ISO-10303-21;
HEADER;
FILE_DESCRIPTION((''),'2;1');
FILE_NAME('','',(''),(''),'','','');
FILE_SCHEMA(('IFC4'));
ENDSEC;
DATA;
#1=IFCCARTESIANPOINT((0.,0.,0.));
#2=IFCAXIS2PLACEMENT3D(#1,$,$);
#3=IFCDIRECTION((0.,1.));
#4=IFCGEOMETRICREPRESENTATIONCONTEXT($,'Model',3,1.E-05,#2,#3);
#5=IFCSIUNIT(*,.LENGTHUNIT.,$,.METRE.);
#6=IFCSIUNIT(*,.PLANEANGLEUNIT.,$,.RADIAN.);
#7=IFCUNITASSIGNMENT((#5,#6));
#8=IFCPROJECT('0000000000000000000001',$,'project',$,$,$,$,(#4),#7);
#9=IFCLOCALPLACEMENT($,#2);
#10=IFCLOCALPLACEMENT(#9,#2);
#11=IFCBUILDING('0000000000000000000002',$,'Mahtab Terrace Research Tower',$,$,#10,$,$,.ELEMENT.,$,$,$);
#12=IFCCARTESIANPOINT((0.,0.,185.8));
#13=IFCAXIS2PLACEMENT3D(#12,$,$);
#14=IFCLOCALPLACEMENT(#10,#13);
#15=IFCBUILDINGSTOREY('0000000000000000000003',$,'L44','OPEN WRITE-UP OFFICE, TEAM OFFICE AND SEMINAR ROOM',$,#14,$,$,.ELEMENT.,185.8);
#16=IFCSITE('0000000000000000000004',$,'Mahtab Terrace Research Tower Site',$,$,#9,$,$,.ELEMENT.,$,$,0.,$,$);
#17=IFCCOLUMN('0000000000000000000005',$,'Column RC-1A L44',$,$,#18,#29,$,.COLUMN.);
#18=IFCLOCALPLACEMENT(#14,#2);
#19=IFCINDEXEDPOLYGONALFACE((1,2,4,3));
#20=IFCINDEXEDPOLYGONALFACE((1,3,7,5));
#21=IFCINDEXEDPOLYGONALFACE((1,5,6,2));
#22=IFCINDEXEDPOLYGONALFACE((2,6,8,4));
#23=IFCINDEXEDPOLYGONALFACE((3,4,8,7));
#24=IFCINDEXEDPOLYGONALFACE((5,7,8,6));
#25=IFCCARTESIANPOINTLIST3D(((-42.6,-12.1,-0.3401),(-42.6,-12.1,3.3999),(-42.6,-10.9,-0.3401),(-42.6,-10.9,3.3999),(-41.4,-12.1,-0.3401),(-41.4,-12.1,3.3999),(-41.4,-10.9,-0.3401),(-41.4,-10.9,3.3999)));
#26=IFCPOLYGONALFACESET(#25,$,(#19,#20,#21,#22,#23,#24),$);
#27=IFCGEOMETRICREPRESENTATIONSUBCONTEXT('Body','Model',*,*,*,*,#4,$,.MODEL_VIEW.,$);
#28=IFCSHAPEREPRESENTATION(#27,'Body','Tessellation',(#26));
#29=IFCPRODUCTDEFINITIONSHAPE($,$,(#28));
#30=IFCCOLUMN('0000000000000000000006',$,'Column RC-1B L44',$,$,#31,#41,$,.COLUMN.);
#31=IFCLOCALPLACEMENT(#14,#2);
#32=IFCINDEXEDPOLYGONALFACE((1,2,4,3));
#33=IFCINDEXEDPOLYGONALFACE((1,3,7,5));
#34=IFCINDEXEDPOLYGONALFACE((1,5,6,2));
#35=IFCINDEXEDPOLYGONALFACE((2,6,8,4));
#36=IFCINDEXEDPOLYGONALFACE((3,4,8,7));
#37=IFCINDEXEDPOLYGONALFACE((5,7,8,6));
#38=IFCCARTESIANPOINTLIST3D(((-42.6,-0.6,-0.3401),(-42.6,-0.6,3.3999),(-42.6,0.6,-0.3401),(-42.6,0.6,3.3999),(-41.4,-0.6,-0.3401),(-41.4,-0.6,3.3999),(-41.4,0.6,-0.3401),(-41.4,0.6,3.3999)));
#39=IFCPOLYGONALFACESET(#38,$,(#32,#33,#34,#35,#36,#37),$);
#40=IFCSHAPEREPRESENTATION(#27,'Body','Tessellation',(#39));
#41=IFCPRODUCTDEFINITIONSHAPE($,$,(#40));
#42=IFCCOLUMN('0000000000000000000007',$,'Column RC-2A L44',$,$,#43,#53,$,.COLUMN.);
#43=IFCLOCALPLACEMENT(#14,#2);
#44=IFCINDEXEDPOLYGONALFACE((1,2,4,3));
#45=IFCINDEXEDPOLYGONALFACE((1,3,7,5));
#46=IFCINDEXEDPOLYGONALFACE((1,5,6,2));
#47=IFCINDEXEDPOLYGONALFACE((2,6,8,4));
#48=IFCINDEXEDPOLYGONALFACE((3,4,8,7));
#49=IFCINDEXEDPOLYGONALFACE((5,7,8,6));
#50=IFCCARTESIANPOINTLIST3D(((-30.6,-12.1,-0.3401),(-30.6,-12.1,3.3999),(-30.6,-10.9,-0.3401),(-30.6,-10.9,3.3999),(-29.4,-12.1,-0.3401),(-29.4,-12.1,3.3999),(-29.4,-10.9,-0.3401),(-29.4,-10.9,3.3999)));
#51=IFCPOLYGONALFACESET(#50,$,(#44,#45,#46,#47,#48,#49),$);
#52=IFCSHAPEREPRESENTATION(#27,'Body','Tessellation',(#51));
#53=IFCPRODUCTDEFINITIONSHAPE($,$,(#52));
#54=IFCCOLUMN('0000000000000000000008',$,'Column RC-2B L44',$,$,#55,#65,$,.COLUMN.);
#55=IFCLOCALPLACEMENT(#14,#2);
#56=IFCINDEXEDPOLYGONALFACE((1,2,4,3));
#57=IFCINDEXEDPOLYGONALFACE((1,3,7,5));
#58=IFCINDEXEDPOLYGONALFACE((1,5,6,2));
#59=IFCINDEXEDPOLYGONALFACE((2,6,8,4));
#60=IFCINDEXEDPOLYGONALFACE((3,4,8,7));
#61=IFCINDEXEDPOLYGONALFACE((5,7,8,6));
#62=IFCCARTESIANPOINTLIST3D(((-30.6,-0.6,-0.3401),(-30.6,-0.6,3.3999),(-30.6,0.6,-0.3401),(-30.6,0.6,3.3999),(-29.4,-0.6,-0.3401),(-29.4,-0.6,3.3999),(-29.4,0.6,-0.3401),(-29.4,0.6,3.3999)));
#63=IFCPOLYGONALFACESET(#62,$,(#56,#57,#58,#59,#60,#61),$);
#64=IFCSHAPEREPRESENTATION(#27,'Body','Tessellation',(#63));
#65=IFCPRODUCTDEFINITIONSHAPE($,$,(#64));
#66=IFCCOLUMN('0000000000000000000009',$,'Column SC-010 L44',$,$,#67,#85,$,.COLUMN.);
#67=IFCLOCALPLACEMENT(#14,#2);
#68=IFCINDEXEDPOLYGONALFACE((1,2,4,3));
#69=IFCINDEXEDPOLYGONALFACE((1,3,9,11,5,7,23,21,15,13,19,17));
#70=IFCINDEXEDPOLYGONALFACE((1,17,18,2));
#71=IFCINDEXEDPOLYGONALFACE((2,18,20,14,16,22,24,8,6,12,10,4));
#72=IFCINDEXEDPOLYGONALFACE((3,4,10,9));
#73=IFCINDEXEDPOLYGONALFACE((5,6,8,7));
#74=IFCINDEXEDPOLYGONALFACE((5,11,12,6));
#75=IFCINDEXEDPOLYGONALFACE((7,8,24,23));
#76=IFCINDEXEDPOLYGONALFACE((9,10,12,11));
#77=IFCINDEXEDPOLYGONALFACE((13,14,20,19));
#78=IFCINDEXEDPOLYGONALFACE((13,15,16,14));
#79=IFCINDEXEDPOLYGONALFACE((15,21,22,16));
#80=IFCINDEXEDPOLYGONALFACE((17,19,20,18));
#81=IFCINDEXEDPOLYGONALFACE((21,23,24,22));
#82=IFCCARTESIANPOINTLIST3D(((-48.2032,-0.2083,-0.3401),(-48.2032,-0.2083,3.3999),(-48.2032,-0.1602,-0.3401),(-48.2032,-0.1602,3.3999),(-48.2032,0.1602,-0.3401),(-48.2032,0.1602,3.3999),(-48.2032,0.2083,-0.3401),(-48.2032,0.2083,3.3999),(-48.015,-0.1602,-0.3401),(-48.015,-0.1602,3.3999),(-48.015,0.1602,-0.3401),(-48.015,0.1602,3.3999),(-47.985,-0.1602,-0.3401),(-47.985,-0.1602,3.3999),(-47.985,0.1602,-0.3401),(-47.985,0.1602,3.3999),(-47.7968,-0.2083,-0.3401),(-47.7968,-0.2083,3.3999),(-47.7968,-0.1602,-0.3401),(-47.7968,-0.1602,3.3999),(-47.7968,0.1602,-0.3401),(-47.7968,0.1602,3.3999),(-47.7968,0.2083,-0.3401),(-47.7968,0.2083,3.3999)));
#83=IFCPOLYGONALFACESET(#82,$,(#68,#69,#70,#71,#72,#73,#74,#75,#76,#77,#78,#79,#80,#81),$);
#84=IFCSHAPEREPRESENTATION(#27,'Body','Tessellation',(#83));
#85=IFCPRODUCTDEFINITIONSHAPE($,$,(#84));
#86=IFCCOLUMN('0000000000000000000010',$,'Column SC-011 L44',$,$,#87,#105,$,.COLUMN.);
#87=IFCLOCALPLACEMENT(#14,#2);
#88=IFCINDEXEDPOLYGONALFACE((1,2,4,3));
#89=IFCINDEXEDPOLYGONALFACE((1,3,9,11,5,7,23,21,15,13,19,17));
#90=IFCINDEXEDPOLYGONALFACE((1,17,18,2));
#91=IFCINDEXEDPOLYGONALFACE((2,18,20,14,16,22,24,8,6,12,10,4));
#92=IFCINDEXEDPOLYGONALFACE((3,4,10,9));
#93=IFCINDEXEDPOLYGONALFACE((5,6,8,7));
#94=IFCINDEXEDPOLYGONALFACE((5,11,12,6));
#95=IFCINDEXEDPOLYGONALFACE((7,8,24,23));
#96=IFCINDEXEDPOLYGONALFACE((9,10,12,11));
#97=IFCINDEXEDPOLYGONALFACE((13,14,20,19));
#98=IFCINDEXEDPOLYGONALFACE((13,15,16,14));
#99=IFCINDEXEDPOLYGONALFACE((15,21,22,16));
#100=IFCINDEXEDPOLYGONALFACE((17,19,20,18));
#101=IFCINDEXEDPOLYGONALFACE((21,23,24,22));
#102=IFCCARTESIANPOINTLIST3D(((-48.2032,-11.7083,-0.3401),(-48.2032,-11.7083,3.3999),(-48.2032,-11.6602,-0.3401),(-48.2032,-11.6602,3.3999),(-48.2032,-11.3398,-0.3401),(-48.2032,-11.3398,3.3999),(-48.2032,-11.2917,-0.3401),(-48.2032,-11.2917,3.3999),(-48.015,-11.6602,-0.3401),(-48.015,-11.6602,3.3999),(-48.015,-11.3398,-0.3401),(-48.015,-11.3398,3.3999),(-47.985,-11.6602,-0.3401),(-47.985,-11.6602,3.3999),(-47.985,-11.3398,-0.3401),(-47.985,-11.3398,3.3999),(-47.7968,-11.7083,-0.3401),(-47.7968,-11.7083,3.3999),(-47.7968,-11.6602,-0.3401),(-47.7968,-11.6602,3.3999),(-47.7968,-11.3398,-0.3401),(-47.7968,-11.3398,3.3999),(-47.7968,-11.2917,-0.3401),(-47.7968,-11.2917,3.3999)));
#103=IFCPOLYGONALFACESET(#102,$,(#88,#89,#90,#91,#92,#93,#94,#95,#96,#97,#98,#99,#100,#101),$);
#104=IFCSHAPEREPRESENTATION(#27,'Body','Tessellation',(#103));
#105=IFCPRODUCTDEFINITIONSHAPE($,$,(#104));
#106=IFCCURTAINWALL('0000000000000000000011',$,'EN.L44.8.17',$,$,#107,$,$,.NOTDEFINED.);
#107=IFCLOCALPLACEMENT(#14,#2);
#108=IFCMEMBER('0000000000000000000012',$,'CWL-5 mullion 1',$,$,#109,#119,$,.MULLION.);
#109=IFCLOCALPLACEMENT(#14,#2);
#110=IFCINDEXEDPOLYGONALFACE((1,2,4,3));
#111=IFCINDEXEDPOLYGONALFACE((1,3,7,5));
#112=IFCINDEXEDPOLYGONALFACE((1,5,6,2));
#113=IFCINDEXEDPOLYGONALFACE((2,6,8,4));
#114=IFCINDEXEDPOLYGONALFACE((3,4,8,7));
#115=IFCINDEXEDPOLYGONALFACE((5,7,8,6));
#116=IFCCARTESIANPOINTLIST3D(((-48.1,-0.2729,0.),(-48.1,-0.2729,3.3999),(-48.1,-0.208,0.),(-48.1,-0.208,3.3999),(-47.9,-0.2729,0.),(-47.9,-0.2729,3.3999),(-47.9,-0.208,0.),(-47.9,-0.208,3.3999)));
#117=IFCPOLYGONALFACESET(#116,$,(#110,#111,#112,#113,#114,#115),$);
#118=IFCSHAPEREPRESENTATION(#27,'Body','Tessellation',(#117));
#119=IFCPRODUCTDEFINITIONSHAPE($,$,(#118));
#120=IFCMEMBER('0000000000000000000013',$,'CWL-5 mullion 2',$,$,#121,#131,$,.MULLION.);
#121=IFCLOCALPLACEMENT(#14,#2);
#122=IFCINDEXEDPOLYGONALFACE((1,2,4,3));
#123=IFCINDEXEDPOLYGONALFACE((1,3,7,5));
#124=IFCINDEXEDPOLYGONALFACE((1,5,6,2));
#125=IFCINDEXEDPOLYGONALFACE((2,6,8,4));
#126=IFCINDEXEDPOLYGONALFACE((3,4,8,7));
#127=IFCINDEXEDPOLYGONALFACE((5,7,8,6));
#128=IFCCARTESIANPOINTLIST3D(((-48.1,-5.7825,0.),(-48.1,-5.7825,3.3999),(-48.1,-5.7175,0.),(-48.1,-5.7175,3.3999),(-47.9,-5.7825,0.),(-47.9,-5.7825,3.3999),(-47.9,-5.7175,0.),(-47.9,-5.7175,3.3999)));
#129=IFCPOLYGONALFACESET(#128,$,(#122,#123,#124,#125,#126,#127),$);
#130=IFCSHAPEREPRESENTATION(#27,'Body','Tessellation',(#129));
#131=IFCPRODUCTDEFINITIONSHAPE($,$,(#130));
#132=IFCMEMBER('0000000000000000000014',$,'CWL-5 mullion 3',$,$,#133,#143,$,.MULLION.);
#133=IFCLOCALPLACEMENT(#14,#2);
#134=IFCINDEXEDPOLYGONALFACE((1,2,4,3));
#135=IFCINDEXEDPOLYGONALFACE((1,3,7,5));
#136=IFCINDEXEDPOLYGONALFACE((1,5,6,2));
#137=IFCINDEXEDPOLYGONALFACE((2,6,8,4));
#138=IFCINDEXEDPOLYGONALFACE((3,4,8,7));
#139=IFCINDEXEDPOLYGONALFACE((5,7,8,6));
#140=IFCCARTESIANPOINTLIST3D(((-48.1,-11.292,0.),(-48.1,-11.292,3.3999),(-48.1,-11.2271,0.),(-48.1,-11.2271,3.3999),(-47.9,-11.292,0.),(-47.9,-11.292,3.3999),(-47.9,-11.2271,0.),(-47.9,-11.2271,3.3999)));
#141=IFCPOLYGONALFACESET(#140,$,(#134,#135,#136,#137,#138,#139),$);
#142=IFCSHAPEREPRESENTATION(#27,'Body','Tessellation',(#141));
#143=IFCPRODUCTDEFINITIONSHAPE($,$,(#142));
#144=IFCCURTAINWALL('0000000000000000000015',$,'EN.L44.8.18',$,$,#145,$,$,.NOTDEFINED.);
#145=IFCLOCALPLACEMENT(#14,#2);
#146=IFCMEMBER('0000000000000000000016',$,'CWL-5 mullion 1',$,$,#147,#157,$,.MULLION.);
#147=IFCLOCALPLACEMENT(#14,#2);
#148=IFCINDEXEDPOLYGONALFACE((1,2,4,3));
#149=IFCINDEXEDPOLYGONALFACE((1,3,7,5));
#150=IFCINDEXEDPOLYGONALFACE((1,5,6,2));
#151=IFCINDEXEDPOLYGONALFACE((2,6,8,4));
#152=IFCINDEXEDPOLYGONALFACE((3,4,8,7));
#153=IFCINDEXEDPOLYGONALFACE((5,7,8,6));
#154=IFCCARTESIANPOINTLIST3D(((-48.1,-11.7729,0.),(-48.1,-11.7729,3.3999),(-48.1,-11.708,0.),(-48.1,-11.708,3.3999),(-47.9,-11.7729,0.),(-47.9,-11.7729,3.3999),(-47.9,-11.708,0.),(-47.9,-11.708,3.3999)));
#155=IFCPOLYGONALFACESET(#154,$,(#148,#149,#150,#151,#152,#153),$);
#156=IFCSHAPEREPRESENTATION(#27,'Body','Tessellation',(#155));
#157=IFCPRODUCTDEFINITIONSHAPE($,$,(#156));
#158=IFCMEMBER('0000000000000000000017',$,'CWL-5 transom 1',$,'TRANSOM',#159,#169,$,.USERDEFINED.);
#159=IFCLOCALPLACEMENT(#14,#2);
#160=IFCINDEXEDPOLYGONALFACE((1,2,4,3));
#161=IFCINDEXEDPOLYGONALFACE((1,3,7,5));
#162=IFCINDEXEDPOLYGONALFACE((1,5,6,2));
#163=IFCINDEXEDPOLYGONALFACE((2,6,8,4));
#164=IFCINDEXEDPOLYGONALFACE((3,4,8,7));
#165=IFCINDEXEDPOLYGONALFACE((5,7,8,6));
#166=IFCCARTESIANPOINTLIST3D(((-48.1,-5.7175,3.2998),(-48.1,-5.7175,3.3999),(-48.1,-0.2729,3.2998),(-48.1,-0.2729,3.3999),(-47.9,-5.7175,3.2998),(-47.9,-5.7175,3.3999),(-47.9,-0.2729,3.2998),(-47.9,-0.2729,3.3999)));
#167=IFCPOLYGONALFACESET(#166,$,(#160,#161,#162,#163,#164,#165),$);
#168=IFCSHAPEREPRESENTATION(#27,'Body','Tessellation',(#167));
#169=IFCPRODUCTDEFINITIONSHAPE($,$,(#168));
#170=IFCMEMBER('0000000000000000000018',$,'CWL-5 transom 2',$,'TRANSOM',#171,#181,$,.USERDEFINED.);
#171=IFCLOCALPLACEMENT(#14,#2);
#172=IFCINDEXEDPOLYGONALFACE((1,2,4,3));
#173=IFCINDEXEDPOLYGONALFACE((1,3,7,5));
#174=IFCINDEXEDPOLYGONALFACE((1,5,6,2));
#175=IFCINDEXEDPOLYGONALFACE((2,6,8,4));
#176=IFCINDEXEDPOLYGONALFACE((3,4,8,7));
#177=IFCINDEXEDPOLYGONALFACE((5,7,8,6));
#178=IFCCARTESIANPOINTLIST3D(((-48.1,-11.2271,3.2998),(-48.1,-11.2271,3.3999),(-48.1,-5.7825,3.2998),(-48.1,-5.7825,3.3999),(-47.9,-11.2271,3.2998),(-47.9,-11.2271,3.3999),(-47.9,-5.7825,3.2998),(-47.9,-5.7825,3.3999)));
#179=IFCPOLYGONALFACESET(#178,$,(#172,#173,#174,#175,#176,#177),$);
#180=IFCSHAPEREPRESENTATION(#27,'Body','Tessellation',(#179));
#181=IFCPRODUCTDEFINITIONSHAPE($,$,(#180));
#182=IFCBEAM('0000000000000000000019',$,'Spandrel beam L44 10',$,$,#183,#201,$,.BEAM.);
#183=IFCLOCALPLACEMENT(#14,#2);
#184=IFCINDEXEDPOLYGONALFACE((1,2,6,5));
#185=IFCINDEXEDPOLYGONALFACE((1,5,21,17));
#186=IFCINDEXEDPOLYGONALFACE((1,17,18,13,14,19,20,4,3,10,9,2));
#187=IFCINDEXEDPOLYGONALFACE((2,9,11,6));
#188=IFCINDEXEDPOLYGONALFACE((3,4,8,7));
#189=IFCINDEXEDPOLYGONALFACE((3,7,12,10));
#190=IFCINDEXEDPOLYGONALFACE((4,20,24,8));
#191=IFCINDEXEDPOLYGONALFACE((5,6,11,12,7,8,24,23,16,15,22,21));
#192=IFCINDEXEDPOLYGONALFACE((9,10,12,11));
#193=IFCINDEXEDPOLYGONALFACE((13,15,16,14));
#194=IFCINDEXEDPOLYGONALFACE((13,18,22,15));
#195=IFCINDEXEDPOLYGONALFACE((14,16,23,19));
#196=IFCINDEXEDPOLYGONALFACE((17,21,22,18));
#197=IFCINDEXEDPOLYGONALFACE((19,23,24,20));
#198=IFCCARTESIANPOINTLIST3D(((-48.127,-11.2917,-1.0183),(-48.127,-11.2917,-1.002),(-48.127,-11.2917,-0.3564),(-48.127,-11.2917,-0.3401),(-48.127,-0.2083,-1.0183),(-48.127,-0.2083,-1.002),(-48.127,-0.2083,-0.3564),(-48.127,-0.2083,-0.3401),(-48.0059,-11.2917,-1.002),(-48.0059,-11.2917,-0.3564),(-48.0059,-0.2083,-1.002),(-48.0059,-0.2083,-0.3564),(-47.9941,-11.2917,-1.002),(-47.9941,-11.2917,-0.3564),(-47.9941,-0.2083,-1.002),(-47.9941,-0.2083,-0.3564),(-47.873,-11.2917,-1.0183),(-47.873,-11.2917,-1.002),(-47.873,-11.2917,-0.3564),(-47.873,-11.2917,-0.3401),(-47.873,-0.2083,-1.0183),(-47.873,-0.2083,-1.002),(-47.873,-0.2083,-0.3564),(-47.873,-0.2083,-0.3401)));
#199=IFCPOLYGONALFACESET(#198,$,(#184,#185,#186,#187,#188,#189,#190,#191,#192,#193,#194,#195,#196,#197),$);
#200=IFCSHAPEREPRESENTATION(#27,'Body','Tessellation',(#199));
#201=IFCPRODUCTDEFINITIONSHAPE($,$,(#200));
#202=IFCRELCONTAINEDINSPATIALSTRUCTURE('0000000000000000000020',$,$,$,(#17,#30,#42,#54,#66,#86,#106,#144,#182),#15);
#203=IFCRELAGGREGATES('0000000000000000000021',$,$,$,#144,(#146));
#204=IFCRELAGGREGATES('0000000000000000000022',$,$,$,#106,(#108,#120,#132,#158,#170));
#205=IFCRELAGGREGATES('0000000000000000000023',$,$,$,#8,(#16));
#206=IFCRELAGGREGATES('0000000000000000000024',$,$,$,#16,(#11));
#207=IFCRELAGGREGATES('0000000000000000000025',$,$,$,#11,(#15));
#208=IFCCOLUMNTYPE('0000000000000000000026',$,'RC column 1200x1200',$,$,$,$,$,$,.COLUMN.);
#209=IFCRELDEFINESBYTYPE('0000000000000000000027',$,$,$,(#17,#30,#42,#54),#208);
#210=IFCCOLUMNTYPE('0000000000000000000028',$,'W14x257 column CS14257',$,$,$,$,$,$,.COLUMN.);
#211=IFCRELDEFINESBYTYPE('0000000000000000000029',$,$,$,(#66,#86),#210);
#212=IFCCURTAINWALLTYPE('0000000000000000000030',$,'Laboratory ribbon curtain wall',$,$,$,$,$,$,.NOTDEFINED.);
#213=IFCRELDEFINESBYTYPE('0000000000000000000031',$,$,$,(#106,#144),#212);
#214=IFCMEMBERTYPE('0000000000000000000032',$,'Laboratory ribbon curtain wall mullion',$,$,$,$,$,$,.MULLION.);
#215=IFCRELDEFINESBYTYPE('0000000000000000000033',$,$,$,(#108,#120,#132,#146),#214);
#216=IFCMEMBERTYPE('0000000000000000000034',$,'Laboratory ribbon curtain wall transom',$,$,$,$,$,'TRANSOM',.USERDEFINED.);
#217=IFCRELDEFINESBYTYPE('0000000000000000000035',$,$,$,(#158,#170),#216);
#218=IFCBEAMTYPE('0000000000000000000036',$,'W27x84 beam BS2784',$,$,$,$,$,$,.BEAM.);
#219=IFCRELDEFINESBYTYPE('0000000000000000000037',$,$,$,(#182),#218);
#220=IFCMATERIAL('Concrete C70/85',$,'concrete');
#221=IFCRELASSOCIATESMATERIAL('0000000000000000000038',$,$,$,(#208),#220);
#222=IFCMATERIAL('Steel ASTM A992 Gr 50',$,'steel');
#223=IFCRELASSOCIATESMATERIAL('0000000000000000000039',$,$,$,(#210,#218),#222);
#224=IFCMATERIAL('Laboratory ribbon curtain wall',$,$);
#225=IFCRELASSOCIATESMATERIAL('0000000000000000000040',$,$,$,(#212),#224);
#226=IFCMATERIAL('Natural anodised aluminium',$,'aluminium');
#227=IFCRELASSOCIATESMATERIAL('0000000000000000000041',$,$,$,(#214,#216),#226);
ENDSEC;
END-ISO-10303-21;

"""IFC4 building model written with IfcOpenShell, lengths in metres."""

from ifc_helpers import new_model, si_unit, direction, frame, origin, origin_2d, place, context, subcontext, project, spatial, rectangle, i_section, extrude, material, material_profile, profile_set, type_object, element, aggregate, save


model = new_model("IFC4")

# Units and contexts
model_context = context("Model", 3, precision=1e-05, world=origin(), true_north=direction((0.0, 1.0)))
body_context = subcontext(model_context, "Body", "Model", "MODEL_VIEW")
ifc_project = project(units=[si_unit("LENGTHUNIT", "METRE"), si_unit("PLANEANGLEUNIT", "RADIAN")], contexts=[model_context])

# Site, building, storey
site_placement = place(None, origin())
site = spatial("IfcSite", under=ifc_project, at=site_placement, Name="Mahtab Terrace Research Tower Site", CompositionType="ELEMENT", RefElevation=0.0)
building_placement = place(site_placement, origin())
building = spatial("IfcBuilding", under=site, at=building_placement, Name="Mahtab Terrace Research Tower", CompositionType="ELEMENT")
storey_placement = place(building_placement, frame((0.0, 0.0, 185.8)))
storey = spatial("IfcBuildingStorey", under=building, at=storey_placement, Name="L44", Description="OPEN WRITE-UP OFFICE, TEAM OFFICE AND SEMINAR ROOM", CompositionType="ELEMENT", Elevation=185.8)

# Columns
ifc_material_1 = material(Name="Concrete C70/85", Category="concrete")
ifc_material_profile_1 = material_profile(ifc_material_1, rectangle(XDim=1.2, YDim=1.2, at=origin_2d()), Name="RC column 1200x1200")
ifc_profile_set_1 = profile_set([ifc_material_profile_1], Name="Concrete C70/85")
column_type_1 = type_object("IfcColumnType", Name="RC column 1200x1200", PredefinedType="COLUMN", material=ifc_profile_set_1)
for number, where, z_axis, x_axis, name in (
    (1, (-42.0, -11.5, -0.3401), (0.0, 0.0, 1.0), (1.0, 0.0, 0.0), "Column RC-1A L44"),
    (2, (-42.0, 0.0, -0.3401), (0.0, 0.0, 1.0), (1.0, 0.0, 0.0), "Column RC-1B L44"),
    (3, (-30.0, -11.5, -0.3401), (0.0, 0.0, 1.0), (1.0, 0.0, 0.0), "Column RC-2A L44"),
    (4, (-30.0, 0.0, -0.3401), (0.0, 0.0, 1.0), (1.0, 0.0, 0.0), "Column RC-2B L44"),
):
    element("IfcColumn", number, at=place(storey_placement, frame(where, z_axis=z_axis, x_axis=x_axis)), inside=storey, type_object=column_type_1, Name=name, PredefinedType="COLUMN", context=body_context, shape_type="SweptSolid", body=[
        extrude(rectangle(XDim=1.2, YDim=1.2, at=origin_2d()), origin(), (0.0, 0.0, 1.0), 3.74),
    ])
ifc_material_2 = material(Name="Steel ASTM A992 Gr 50", Category="steel")
ifc_material_profile_2 = material_profile(ifc_material_2, i_section(OverallWidth=0.4065, OverallDepth=0.4165, WebThickness=0.03, FlangeThickness=0.0481, at=origin_2d()), Name="W14X257")
ifc_profile_set_2 = profile_set([ifc_material_profile_2], Name="Steel ASTM A992 Gr 50")
column_type_2 = type_object("IfcColumnType", Name="W14x257 column CS14257", PredefinedType="COLUMN", material=ifc_profile_set_2)
for number, where, z_axis, x_axis, name in (
    (5, (-48.0, 0.0, -0.3401), (0.0, 0.0, 1.0), (1.0, 0.0, 0.0), "Column SC-010 L44"),
    (6, (-48.0, -11.5, -0.3401), (0.0, 0.0, 1.0), (1.0, 0.0, 0.0), "Column SC-011 L44"),
):
    element("IfcColumn", number, at=place(storey_placement, frame(where, z_axis=z_axis, x_axis=x_axis)), inside=storey, type_object=column_type_2, Name=name, PredefinedType="COLUMN", context=body_context, shape_type="SweptSolid", body=[
        extrude(i_section(OverallWidth=0.4065, OverallDepth=0.4165, WebThickness=0.03, FlangeThickness=0.0481, at=origin_2d()), origin(), (0.0, 0.0, 1.0), 3.74),
    ])

# Curtain wall, members
ifc_material_3 = material(Name="Laboratory ribbon curtain wall")
curtain_wall_type = type_object("IfcCurtainWallType", Name="Laboratory ribbon curtain wall", PredefinedType="NOTDEFINED", material=ifc_material_3)
curtain_wall_1_placement = place(storey_placement, origin())
curtain_wall_1 = element("IfcCurtainWall", 7, at=curtain_wall_1_placement, inside=storey, type_object=curtain_wall_type, Name="EN.L44.8.17", PredefinedType="NOTDEFINED")
ifc_material_4 = material(Name="Natural anodised aluminium", Category="aluminium")
ifc_material_profile_3 = material_profile(ifc_material_4, rectangle(XDim=0.2, YDim=0.0649, at=origin_2d()), Name="MULLION 65x200")
ifc_profile_set_3 = profile_set([ifc_material_profile_3], Name="Natural anodised aluminium")
member_type_1 = type_object("IfcMemberType", Name="Laboratory ribbon curtain wall mullion", PredefinedType="MULLION", material=ifc_profile_set_3)
member_1_placement = place(storey_placement, frame((-48.0, -0.2405, 0.0), z_axis=(0.0, 0.0, 1.0), x_axis=(1.0, 0.0, 0.0)))
member_1 = element("IfcMember", 8, at=member_1_placement, type_object=member_type_1, Name="CWL-5 mullion 1", PredefinedType="MULLION", context=body_context, shape_type="SweptSolid", body=[
    extrude(rectangle(XDim=0.2, YDim=0.0649, at=origin_2d()), origin(), (0.0, 0.0, 1.0), 3.3999),
])
member_2_placement = place(storey_placement, frame((-48.0, -5.75, 0.0), z_axis=(0.0, 0.0, 1.0), x_axis=(1.0, 0.0, 0.0)))
member_2 = element("IfcMember", 9, at=member_2_placement, type_object=member_type_1, Name="CWL-5 mullion 2", PredefinedType="MULLION", context=body_context, shape_type="SweptSolid", body=[
    extrude(rectangle(XDim=0.2, YDim=0.0649, at=origin_2d()), origin(), (0.0, 0.0, 1.0), 3.3999),
])
member_3_placement = place(storey_placement, frame((-48.0, -11.2595, 0.0), z_axis=(0.0, 0.0, 1.0), x_axis=(1.0, 0.0, 0.0)))
member_3 = element("IfcMember", 10, at=member_3_placement, type_object=member_type_1, Name="CWL-5 mullion 3", PredefinedType="MULLION", context=body_context, shape_type="SweptSolid", body=[
    extrude(rectangle(XDim=0.2, YDim=0.0649, at=origin_2d()), origin(), (0.0, 0.0, 1.0), 3.3999),
])

# Curtain wall, member
curtain_wall_2_placement = place(storey_placement, origin())
curtain_wall_2 = element("IfcCurtainWall", 11, at=curtain_wall_2_placement, inside=storey, type_object=curtain_wall_type, Name="EN.L44.8.18", PredefinedType="NOTDEFINED")
member_4_placement = place(storey_placement, frame((-48.0, -11.7405, 0.0), z_axis=(0.0, 0.0, 1.0), x_axis=(1.0, 0.0, 0.0)))
member_4 = element("IfcMember", 12, at=member_4_placement, type_object=member_type_1, Name="CWL-5 mullion 1", PredefinedType="MULLION", context=body_context, shape_type="SweptSolid", body=[
    extrude(rectangle(XDim=0.2, YDim=0.0649, at=origin_2d()), origin(), (0.0, 0.0, 1.0), 3.3999),
])
aggregate(curtain_wall_2, [member_4])

# Members
ifc_material_profile_4 = material_profile(ifc_material_4, rectangle(XDim=0.2, YDim=0.1001, at=origin_2d()), Name="TRANSOM 100x200")
ifc_profile_set_4 = profile_set([ifc_material_profile_4], Name="Natural anodised aluminium")
member_type_2 = type_object("IfcMemberType", Name="Laboratory ribbon curtain wall transom", ElementType="TRANSOM", PredefinedType="USERDEFINED", material=ifc_profile_set_4)
member_5_placement = place(storey_placement, frame((-48.0, -0.2729, 3.3499), z_axis=(0.0, -1.0, 0.0), x_axis=(1.0, 0.0, 0.0)))
member_5 = element("IfcMember", 13, at=member_5_placement, type_object=member_type_2, Name="CWL-5 transom 1", ObjectType="TRANSOM", PredefinedType="USERDEFINED", context=body_context, shape_type="SweptSolid", body=[
    extrude(rectangle(XDim=0.2, YDim=0.1001, at=origin_2d()), origin(), (0.0, 0.0, 1.0), 5.4446),
])
member_6_placement = place(storey_placement, frame((-48.0, -5.7825, 3.3499), z_axis=(0.0, -1.0, 0.0), x_axis=(1.0, 0.0, 0.0)))
member_6 = element("IfcMember", 14, at=member_6_placement, type_object=member_type_2, Name="CWL-5 transom 2", ObjectType="TRANSOM", PredefinedType="USERDEFINED", context=body_context, shape_type="SweptSolid", body=[
    extrude(rectangle(XDim=0.2, YDim=0.1001, at=origin_2d()), origin(), (0.0, 0.0, 1.0), 5.4446),
])

# Beam
ifc_material_profile_5 = material_profile(ifc_material_2, i_section(OverallWidth=0.2539, OverallDepth=0.6782, WebThickness=0.0117, FlangeThickness=0.0164, at=origin_2d()), Name="W27X84")
ifc_profile_set_5 = profile_set([ifc_material_profile_5], Name="Steel ASTM A992 Gr 50")
beam_type = type_object("IfcBeamType", Name="W27x84 beam BS2784", PredefinedType="BEAM", material=ifc_profile_set_5)
beam_1_placement = place(storey_placement, frame((-48.0, -0.2083, -0.6792), z_axis=(0.0, -1.0, 0.0), x_axis=(1.0, 0.0, 0.0)))
element("IfcBeam", 15, at=beam_1_placement, inside=storey, type_object=beam_type, Name="Spandrel beam L44 10", PredefinedType="BEAM", context=body_context, shape_type="SweptSolid", body=[
    extrude(i_section(OverallWidth=0.2539, OverallDepth=0.6782, WebThickness=0.0117, FlangeThickness=0.0164, at=origin_2d()), origin(), (0.0, 0.0, 1.0), 11.0835),
])

aggregate(curtain_wall_1, [member_1, member_2, member_3, member_5, member_6])

save(model, "model.ifc")
